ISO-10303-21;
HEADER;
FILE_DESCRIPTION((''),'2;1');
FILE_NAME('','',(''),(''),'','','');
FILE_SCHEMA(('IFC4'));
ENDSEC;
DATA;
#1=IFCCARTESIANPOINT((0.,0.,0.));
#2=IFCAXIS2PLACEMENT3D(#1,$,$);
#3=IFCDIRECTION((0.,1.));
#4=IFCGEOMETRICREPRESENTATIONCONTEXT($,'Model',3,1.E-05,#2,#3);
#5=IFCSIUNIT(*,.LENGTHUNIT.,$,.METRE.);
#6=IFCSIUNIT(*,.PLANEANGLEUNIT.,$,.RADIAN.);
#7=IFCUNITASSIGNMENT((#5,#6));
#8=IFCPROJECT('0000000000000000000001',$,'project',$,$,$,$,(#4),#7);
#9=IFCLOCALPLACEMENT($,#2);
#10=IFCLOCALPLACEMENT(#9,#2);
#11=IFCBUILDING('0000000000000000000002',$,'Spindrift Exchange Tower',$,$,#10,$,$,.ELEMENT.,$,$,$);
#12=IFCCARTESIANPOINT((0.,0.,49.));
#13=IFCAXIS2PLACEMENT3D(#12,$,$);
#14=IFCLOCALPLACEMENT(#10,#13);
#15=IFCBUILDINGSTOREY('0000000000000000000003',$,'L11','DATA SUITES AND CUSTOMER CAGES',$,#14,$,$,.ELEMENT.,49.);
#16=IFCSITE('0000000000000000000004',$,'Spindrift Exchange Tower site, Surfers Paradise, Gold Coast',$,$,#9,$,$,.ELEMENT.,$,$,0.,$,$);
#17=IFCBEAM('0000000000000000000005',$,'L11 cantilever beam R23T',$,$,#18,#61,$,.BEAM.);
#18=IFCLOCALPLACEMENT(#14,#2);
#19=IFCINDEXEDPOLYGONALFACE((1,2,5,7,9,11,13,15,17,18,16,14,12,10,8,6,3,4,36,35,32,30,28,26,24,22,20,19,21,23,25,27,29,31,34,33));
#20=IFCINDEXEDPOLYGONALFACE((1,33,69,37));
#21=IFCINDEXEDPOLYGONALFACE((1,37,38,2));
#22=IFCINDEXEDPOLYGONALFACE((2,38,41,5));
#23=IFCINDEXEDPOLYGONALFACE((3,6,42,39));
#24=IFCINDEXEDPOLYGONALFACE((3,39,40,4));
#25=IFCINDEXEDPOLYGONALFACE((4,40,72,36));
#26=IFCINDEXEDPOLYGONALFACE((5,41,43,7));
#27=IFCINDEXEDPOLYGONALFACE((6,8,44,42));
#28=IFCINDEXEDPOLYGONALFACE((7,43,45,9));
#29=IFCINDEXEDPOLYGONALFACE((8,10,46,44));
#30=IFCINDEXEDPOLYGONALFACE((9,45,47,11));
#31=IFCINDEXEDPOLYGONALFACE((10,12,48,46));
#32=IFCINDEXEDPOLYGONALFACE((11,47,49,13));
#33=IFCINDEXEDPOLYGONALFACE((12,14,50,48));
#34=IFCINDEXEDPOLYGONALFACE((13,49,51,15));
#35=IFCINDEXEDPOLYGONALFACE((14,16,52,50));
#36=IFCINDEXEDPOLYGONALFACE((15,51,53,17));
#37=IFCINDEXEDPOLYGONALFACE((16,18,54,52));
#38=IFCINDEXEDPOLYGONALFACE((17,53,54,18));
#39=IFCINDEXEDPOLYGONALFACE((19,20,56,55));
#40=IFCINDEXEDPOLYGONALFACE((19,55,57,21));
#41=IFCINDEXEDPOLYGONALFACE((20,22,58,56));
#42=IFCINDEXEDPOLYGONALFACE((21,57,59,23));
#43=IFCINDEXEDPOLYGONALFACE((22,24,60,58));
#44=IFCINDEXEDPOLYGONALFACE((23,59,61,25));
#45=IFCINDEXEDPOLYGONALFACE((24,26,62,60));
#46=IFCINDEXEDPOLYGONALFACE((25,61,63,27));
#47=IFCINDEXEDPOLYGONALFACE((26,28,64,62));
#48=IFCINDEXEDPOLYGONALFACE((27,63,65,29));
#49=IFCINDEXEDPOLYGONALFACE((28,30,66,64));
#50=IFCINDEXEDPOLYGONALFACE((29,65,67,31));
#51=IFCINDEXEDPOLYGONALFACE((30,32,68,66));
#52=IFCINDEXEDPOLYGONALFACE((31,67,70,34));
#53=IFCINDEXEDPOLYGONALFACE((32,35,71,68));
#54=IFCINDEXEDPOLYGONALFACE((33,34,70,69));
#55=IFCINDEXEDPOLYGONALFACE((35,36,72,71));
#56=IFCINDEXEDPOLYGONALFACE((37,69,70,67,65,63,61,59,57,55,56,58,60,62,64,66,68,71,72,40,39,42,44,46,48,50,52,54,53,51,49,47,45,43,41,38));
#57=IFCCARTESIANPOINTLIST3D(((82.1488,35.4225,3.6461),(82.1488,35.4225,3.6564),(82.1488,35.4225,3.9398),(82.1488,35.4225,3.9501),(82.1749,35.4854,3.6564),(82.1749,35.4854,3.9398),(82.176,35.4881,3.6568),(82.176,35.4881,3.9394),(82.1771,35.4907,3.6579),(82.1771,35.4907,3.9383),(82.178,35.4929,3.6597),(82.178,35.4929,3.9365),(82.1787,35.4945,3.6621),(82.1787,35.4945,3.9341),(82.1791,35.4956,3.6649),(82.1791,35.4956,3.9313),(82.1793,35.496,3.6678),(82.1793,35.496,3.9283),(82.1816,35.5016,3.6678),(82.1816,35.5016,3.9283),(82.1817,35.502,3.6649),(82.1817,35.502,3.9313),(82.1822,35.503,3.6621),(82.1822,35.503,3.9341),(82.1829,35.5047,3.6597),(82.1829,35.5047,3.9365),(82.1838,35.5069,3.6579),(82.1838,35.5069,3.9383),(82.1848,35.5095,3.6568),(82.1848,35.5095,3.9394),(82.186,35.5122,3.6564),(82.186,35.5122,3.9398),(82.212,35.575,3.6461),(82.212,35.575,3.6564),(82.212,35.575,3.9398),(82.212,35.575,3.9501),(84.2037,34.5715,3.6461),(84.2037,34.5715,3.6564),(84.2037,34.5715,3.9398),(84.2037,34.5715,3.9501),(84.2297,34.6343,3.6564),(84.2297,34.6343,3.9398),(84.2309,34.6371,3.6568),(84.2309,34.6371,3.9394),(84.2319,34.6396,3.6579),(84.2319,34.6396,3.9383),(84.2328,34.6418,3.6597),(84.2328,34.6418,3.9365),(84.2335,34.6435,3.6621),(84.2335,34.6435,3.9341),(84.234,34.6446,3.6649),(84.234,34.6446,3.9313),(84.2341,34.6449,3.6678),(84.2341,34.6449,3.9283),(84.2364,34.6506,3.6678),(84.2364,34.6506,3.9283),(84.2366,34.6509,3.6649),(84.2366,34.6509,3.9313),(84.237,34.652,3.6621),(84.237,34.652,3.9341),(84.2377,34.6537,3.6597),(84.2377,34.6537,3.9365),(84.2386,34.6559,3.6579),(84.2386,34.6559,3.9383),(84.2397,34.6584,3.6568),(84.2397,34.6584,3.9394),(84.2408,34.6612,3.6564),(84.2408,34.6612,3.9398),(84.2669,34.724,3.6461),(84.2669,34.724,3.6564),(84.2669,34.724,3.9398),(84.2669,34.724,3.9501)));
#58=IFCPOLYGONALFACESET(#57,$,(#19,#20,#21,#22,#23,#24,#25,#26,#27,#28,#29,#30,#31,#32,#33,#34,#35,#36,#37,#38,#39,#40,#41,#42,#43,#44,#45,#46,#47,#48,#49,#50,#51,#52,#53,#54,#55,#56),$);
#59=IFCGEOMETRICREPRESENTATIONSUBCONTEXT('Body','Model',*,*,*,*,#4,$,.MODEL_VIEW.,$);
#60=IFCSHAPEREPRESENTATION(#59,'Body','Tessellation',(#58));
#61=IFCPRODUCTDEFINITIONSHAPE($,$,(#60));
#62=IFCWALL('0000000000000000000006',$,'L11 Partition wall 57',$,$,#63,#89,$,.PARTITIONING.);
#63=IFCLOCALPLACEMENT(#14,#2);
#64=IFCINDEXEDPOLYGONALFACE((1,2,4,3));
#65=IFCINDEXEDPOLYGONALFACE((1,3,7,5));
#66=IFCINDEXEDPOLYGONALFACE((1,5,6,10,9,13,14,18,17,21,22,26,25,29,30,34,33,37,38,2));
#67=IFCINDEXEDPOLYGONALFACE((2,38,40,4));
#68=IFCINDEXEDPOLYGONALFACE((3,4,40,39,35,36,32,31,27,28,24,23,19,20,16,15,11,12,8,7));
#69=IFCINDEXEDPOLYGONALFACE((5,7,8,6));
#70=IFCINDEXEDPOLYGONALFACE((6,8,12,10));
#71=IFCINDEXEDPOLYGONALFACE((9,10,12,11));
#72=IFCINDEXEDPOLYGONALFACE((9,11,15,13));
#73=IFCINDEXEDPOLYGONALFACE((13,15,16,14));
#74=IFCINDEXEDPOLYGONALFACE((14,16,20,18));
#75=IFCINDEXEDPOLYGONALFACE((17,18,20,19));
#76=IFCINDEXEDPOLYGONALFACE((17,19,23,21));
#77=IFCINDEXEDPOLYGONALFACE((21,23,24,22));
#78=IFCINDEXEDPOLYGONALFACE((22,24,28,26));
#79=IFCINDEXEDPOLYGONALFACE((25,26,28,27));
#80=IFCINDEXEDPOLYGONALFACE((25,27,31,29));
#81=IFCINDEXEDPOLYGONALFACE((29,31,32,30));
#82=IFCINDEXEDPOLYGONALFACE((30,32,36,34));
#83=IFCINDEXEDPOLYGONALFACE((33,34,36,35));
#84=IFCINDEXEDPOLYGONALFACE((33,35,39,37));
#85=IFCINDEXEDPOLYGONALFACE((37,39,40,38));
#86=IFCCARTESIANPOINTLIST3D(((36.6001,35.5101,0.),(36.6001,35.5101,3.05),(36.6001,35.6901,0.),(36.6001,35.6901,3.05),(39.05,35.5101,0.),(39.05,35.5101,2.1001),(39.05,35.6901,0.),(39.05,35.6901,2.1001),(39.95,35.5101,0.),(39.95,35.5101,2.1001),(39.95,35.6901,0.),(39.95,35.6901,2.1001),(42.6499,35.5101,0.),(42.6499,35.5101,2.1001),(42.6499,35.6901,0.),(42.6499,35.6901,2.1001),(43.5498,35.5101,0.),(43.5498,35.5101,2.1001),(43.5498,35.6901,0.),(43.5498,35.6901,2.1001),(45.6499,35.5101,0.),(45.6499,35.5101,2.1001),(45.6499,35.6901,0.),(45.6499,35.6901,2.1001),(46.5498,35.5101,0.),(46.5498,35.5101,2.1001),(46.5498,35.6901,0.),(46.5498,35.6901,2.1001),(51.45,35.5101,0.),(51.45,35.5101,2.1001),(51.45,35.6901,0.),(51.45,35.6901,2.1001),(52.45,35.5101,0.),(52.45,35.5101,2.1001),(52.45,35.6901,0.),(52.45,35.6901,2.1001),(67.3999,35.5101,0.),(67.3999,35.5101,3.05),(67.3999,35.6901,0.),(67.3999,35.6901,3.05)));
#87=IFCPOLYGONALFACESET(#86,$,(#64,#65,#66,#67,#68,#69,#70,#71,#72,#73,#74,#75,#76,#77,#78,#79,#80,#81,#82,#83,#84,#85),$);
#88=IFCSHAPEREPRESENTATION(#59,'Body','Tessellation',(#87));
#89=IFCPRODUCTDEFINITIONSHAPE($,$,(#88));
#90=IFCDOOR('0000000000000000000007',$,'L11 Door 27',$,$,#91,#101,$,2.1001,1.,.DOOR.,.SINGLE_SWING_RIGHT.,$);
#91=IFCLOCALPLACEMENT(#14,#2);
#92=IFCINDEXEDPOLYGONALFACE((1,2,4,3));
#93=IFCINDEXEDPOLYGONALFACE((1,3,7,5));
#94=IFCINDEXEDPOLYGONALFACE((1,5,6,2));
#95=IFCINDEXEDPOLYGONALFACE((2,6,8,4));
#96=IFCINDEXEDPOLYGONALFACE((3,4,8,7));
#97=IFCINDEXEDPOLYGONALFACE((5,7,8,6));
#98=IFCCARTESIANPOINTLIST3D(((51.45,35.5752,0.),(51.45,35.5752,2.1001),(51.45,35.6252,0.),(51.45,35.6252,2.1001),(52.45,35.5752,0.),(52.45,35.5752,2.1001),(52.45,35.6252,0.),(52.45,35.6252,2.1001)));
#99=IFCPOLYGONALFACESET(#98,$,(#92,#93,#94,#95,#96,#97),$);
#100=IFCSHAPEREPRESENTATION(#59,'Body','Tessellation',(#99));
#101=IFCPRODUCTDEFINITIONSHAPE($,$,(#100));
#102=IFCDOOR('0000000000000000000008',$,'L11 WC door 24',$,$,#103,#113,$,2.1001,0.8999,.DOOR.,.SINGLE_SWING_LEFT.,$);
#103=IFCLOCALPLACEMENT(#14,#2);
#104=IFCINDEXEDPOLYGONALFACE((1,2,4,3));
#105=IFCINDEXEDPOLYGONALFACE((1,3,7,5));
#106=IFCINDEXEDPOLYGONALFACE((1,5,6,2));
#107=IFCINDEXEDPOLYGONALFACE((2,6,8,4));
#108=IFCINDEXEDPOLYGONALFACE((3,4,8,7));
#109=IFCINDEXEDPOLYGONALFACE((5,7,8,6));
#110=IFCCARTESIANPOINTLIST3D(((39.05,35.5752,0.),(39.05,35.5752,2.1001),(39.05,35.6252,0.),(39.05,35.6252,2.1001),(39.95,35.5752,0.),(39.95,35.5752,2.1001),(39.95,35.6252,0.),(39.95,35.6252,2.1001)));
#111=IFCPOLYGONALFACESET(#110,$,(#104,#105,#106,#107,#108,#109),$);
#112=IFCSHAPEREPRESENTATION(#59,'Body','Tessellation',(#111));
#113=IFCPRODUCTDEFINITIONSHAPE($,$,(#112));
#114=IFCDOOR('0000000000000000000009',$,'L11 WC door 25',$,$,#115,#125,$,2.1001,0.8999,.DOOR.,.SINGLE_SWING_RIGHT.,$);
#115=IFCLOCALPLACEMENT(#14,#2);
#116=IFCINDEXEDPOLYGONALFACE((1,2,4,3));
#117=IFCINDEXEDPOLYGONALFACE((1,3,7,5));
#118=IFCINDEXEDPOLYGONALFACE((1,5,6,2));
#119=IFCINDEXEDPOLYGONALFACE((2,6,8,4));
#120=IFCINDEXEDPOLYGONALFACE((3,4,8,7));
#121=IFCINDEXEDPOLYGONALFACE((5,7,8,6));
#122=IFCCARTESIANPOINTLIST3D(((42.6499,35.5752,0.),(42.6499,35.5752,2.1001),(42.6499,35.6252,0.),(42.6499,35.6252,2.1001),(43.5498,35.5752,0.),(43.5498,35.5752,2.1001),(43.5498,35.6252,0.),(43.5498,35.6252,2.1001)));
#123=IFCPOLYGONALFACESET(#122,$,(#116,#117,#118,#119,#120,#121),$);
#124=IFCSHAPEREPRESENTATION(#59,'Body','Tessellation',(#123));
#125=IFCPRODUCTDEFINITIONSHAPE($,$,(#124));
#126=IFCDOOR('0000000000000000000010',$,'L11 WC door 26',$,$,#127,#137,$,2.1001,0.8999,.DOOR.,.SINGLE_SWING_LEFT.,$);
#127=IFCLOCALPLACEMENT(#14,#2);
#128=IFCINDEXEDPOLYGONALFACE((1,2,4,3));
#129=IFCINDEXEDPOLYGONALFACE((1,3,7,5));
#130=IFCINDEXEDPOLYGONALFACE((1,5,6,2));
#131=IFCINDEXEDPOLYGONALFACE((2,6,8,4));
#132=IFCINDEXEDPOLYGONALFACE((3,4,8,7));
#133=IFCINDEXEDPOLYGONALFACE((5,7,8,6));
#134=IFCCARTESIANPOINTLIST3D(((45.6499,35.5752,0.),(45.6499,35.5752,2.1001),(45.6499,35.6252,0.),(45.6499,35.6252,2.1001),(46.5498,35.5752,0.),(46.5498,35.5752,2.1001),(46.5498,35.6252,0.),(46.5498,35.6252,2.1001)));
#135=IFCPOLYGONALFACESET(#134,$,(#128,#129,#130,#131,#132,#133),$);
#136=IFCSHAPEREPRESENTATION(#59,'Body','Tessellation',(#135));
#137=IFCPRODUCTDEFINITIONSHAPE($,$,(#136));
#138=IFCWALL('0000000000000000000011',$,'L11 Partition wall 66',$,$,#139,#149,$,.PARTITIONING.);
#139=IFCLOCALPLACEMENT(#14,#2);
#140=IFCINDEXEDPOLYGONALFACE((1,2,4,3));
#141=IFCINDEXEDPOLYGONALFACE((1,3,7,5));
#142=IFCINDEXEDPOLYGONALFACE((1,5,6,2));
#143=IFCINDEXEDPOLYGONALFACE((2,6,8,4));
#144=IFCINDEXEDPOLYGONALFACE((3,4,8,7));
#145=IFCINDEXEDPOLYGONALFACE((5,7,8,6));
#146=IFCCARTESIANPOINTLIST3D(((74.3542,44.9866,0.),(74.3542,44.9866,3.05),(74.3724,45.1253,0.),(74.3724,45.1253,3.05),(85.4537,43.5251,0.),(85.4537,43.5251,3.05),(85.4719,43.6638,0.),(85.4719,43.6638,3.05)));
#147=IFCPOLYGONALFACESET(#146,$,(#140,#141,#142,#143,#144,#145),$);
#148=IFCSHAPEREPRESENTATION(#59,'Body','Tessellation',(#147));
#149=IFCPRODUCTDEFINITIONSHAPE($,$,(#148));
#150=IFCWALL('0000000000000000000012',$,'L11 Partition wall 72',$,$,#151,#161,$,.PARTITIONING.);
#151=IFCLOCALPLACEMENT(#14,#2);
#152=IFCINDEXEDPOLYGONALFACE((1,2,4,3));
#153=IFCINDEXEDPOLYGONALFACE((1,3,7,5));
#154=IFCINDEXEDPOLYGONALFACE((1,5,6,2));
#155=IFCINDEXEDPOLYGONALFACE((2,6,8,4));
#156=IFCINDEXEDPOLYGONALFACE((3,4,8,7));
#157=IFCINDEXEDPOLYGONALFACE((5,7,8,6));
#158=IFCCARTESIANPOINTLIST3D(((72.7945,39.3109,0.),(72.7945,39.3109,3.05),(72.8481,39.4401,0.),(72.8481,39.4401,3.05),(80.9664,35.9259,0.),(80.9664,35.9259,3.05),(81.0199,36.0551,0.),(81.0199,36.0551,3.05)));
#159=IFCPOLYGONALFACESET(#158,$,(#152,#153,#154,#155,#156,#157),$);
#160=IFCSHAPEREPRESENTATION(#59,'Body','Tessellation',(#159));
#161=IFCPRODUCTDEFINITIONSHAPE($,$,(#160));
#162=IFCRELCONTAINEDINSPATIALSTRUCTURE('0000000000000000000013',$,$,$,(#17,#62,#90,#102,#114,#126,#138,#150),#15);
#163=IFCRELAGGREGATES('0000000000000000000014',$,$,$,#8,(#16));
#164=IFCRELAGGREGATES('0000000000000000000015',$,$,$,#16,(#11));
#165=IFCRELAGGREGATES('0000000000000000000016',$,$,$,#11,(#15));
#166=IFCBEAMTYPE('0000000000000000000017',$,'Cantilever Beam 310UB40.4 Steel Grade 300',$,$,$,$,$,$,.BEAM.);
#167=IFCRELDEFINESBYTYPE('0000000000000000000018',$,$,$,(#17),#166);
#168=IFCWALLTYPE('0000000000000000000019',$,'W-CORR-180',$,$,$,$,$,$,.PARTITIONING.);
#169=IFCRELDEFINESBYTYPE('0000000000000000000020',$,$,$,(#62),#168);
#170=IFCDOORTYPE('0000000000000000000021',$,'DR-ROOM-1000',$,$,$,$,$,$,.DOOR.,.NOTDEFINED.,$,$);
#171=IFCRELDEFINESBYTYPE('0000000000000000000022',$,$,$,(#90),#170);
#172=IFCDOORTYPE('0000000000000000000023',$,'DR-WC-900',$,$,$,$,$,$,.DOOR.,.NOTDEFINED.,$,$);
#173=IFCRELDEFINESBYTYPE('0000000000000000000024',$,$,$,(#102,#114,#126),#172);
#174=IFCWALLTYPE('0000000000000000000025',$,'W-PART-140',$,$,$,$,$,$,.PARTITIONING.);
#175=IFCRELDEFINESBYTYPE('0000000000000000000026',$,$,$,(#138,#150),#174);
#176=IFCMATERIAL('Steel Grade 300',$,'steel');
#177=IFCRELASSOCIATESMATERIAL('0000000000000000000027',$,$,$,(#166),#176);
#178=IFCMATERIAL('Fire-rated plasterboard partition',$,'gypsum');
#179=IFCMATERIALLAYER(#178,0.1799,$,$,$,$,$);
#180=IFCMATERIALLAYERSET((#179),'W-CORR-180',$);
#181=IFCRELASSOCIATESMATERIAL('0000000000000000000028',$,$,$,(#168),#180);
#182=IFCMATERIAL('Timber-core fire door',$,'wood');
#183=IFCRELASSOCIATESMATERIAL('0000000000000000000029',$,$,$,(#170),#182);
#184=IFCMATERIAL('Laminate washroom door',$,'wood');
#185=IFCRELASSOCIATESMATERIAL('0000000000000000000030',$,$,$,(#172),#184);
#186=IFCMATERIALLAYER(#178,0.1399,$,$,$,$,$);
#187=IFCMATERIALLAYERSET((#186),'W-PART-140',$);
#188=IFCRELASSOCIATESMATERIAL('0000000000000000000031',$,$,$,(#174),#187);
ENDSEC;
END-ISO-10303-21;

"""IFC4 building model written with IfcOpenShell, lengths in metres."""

from ifc_helpers import new_model, si_unit, direction, frame, frame_2d, origin, origin_2d, place, context, subcontext, project, spatial, rectangle, i_section, extrude, source, transform, mapped, material, layer, layer_set, material_profile, profile_set, type_object, element, fill, save


model = new_model("IFC4")

# Units and contexts
model_context = context("Model", 3, precision=1e-05, world=origin(), true_north=direction((0.0, 1.0)))
body_context = subcontext(model_context, "Body", "Model", "MODEL_VIEW")
ifc_project = project(units=[si_unit("LENGTHUNIT", "METRE"), si_unit("PLANEANGLEUNIT", "RADIAN")], contexts=[model_context])

# Site, building, storey
site_placement = place(None, origin())
site = spatial("IfcSite", under=ifc_project, at=site_placement, Name="Spindrift Exchange Tower site, Surfers Paradise, Gold Coast", CompositionType="ELEMENT", RefElevation=0.0)
building_placement = place(site_placement, origin())
building = spatial("IfcBuilding", under=site, at=building_placement, Name="Spindrift Exchange Tower", CompositionType="ELEMENT")
storey_placement = place(building_placement, frame((0.0, 0.0, 49.0)))
storey = spatial("IfcBuildingStorey", under=building, at=storey_placement, Name="L11", Description="DATA SUITES AND CUSTOMER CAGES", CompositionType="ELEMENT", Elevation=49.0)

# Beam
ifc_material_1 = material(Name="Steel Grade 300", Category="steel")
ifc_material_profile_1 = material_profile(ifc_material_1, i_section(OverallWidth=0.165, OverallDepth=0.304, WebThickness=0.0061, FlangeThickness=0.0103, FilletRadius=0.0115, at=origin_2d()), Name="310UB40.4")
ifc_profile_set_1 = profile_set([ifc_material_profile_1], Name="Steel Grade 300")
beam_type_1 = type_object("IfcBeamType", Name="Cantilever Beam 310UB40.4 Steel Grade 300", PredefinedType="BEAM", material=ifc_profile_set_1)
shared_shape_1 = source(origin(), body_context, "Body", "SweptSolid", [
    extrude(i_section(OverallWidth=0.165, OverallDepth=0.304, WebThickness=0.0061, FlangeThickness=0.0103, FilletRadius=0.0115, at=origin_2d()), origin(), (0.0, 0.0, 1.0), 2.2241),
])
beam_1_placement = place(storey_placement, frame((82.1804, 35.4988, 3.7981), z_axis=(0.923896, -0.382643, 0.0), x_axis=(0.382643, 0.923896, 0.0)))
element("IfcBeam", 1, at=beam_1_placement, inside=storey, type_object=beam_type_1, Name="L11 cantilever beam R23T", PredefinedType="BEAM", context=body_context, shape_type="MappedRepresentation", body=[
    mapped(shared_shape_1, transform((0.0, 0.0, 0.0), scale=1.0)),
])

# Wall, openings, doors
ifc_material_2 = material(Name="Fire-rated plasterboard partition", Category="gypsum")
ifc_layer_1 = layer(ifc_material_2, 0.1799)
ifc_layer_set_1 = layer_set([ifc_layer_1], Name="W-CORR-180")
wall_type_1 = type_object("IfcWallType", Name="W-CORR-180", PredefinedType="PARTITIONING", material=ifc_layer_set_1)
wall_1_placement = place(storey_placement, frame((67.3999, 35.6001, 0.0), z_axis=(0.0, 0.0, 1.0), x_axis=(-1.0, 0.0, 0.0)))
wall_1 = element("IfcWall", 2, at=wall_1_placement, inside=storey, type_object=wall_type_1, Name="L11 Partition wall 57", PredefinedType="PARTITIONING", context=body_context, shape_type="SweptSolid", body=[
    extrude(rectangle(XDim=30.7998, YDim=0.1799, at=frame_2d((15.3999, 0.0))), origin(), (0.0, 0.0, 1.0), 3.05),
])
opening_1_placement = place(wall_1_placement, frame((27.45, 0.0, 0.0)))
opening_1 = element("IfcOpeningElement", 3, at=opening_1_placement, cuts=wall_1, PredefinedType="OPENING", context=body_context, shape_type="SweptSolid", body=[
    extrude(rectangle(XDim=0.8999, YDim=2.1001, at=frame_2d((0.45, 1.05))), frame((0.0, 0.0999, 0.0), z_axis=(0.0, -1.0, 0.0), x_axis=(1.0, 0.0, 0.0)), (0.0, 0.0, 1.0), 0.2),
])
opening_2_placement = place(wall_1_placement, frame((23.8501, 0.0, 0.0)))
opening_2 = element("IfcOpeningElement", 4, at=opening_2_placement, cuts=wall_1, PredefinedType="OPENING", context=body_context, shape_type="SweptSolid", body=[
    extrude(rectangle(XDim=0.8999, YDim=2.1001, at=frame_2d((0.45, 1.05))), frame((0.0, 0.0999, 0.0), z_axis=(0.0, -1.0, 0.0), x_axis=(1.0, 0.0, 0.0)), (0.0, 0.0, 1.0), 0.2),
])
opening_3_placement = place(wall_1_placement, frame((20.8501, 0.0, 0.0)))
opening_3 = element("IfcOpeningElement", 5, at=opening_3_placement, cuts=wall_1, PredefinedType="OPENING", context=body_context, shape_type="SweptSolid", body=[
    extrude(rectangle(XDim=0.8999, YDim=2.1001, at=frame_2d((0.45, 1.05))), frame((0.0, 0.0999, 0.0), z_axis=(0.0, -1.0, 0.0), x_axis=(1.0, 0.0, 0.0)), (0.0, 0.0, 1.0), 0.2),
])
opening_4_placement = place(wall_1_placement, frame((14.95, 0.0, 0.0)))
opening_4 = element("IfcOpeningElement", 6, at=opening_4_placement, cuts=wall_1, PredefinedType="OPENING", context=body_context, shape_type="SweptSolid", body=[
    extrude(rectangle(XDim=1.0, YDim=2.1001, at=frame_2d((0.5, 1.05))), frame((0.0, 0.0999, 0.0), z_axis=(0.0, -1.0, 0.0), x_axis=(1.0, 0.0, 0.0)), (0.0, 0.0, 1.0), 0.2),
])
ifc_material_3 = material(Name="Timber-core fire door", Category="wood")
door_type_1 = type_object("IfcDoorType", Name="DR-ROOM-1000", OperationType="NOTDEFINED", PredefinedType="DOOR", material=ifc_material_3)
shared_shape_2 = source(origin(), body_context, "Body", "SweptSolid", [
    extrude(rectangle(XDim=1.0, YDim=2.1001, at=frame_2d((0.5, 1.05))), frame((0.0, 0.0249, 0.0), z_axis=(0.0, -1.0, 0.0), x_axis=(1.0, 0.0, 0.0)), (0.0, 0.0, 1.0), 0.05),
])
door_1_placement = place(opening_4_placement, origin())
door_1 = element("IfcDoor", 7, at=door_1_placement, inside=storey, type_object=door_type_1, Name="L11 Door 27", OperationType="SINGLE_SWING_RIGHT", OverallHeight=2.1001, OverallWidth=1.0, PredefinedType="DOOR", context=body_context, shape_type="MappedRepresentation", body=[
    mapped(shared_shape_2, transform((0.0, 0.0, 0.0), scale=1.0)),
])
fill(opening_4, door_1)
ifc_material_4 = material(Name="Laminate washroom door", Category="wood")
door_type_2 = type_object("IfcDoorType", Name="DR-WC-900", OperationType="NOTDEFINED", PredefinedType="DOOR", material=ifc_material_4)
shared_shape_3 = source(origin(), body_context, "Body", "SweptSolid", [
    extrude(rectangle(XDim=0.8999, YDim=2.1001, at=frame_2d((0.45, 1.05))), frame((0.0, 0.0249, 0.0), z_axis=(0.0, -1.0, 0.0), x_axis=(1.0, 0.0, 0.0)), (0.0, 0.0, 1.0), 0.05),
])
door_2_placement = place(opening_1_placement, origin())
door_2 = element("IfcDoor", 8, at=door_2_placement, inside=storey, type_object=door_type_2, Name="L11 WC door 24", OperationType="SINGLE_SWING_LEFT", OverallHeight=2.1001, OverallWidth=0.8999, PredefinedType="DOOR", context=body_context, shape_type="MappedRepresentation", body=[
    mapped(shared_shape_3, transform((0.0, 0.0, 0.0), scale=1.0)),
])
fill(opening_1, door_2)
door_3_placement = place(opening_2_placement, origin())
door_3 = element("IfcDoor", 9, at=door_3_placement, inside=storey, type_object=door_type_2, Name="L11 WC door 25", OperationType="SINGLE_SWING_RIGHT", OverallHeight=2.1001, OverallWidth=0.8999, PredefinedType="DOOR", context=body_context, shape_type="MappedRepresentation", body=[
    mapped(shared_shape_3, transform((0.0, 0.0, 0.0), scale=1.0)),
])
fill(opening_2, door_3)
door_4_placement = place(opening_3_placement, origin())
door_4 = element("IfcDoor", 10, at=door_4_placement, inside=storey, type_object=door_type_2, Name="L11 WC door 26", OperationType="SINGLE_SWING_LEFT", OverallHeight=2.1001, OverallWidth=0.8999, PredefinedType="DOOR", context=body_context, shape_type="MappedRepresentation", body=[
    mapped(shared_shape_3, transform((0.0, 0.0, 0.0), scale=1.0)),
])
fill(opening_3, door_4)

# Walls
ifc_layer_2 = layer(ifc_material_2, 0.1399)
ifc_layer_set_2 = layer_set([ifc_layer_2], Name="W-PART-140")
wall_type_2 = type_object("IfcWallType", Name="W-PART-140", PredefinedType="PARTITIONING", material=ifc_layer_set_2)
wall_2_placement = place(storey_placement, frame((74.3633, 45.0559, 0.0), z_axis=(0.0, 0.0, 1.0), x_axis=(0.991443, -0.130538, 0.0)))
element("IfcWall", 11, at=wall_2_placement, inside=storey, type_object=wall_type_2, Name="L11 Partition wall 66", PredefinedType="PARTITIONING", context=body_context, shape_type="SweptSolid", body=[
    extrude(rectangle(XDim=11.1953, YDim=0.1399, at=frame_2d((5.5977, 0.0))), origin(), (0.0, 0.0, 1.0), 3.05),
])
wall_3_placement = place(storey_placement, frame((72.8213, 39.3755, 0.0), z_axis=(0.0, 0.0, 1.0), x_axis=(0.923875, -0.382694, 0.0)))
element("IfcWall", 12, at=wall_3_placement, inside=storey, type_object=wall_type_2, Name="L11 Partition wall 72", PredefinedType="PARTITIONING", context=body_context, shape_type="SweptSolid", body=[
    extrude(rectangle(XDim=8.8452, YDim=0.1399, at=frame_2d((4.4226, 0.0))), origin(), (0.0, 0.0, 1.0), 3.05),
])

save(model, "model.ifc")
